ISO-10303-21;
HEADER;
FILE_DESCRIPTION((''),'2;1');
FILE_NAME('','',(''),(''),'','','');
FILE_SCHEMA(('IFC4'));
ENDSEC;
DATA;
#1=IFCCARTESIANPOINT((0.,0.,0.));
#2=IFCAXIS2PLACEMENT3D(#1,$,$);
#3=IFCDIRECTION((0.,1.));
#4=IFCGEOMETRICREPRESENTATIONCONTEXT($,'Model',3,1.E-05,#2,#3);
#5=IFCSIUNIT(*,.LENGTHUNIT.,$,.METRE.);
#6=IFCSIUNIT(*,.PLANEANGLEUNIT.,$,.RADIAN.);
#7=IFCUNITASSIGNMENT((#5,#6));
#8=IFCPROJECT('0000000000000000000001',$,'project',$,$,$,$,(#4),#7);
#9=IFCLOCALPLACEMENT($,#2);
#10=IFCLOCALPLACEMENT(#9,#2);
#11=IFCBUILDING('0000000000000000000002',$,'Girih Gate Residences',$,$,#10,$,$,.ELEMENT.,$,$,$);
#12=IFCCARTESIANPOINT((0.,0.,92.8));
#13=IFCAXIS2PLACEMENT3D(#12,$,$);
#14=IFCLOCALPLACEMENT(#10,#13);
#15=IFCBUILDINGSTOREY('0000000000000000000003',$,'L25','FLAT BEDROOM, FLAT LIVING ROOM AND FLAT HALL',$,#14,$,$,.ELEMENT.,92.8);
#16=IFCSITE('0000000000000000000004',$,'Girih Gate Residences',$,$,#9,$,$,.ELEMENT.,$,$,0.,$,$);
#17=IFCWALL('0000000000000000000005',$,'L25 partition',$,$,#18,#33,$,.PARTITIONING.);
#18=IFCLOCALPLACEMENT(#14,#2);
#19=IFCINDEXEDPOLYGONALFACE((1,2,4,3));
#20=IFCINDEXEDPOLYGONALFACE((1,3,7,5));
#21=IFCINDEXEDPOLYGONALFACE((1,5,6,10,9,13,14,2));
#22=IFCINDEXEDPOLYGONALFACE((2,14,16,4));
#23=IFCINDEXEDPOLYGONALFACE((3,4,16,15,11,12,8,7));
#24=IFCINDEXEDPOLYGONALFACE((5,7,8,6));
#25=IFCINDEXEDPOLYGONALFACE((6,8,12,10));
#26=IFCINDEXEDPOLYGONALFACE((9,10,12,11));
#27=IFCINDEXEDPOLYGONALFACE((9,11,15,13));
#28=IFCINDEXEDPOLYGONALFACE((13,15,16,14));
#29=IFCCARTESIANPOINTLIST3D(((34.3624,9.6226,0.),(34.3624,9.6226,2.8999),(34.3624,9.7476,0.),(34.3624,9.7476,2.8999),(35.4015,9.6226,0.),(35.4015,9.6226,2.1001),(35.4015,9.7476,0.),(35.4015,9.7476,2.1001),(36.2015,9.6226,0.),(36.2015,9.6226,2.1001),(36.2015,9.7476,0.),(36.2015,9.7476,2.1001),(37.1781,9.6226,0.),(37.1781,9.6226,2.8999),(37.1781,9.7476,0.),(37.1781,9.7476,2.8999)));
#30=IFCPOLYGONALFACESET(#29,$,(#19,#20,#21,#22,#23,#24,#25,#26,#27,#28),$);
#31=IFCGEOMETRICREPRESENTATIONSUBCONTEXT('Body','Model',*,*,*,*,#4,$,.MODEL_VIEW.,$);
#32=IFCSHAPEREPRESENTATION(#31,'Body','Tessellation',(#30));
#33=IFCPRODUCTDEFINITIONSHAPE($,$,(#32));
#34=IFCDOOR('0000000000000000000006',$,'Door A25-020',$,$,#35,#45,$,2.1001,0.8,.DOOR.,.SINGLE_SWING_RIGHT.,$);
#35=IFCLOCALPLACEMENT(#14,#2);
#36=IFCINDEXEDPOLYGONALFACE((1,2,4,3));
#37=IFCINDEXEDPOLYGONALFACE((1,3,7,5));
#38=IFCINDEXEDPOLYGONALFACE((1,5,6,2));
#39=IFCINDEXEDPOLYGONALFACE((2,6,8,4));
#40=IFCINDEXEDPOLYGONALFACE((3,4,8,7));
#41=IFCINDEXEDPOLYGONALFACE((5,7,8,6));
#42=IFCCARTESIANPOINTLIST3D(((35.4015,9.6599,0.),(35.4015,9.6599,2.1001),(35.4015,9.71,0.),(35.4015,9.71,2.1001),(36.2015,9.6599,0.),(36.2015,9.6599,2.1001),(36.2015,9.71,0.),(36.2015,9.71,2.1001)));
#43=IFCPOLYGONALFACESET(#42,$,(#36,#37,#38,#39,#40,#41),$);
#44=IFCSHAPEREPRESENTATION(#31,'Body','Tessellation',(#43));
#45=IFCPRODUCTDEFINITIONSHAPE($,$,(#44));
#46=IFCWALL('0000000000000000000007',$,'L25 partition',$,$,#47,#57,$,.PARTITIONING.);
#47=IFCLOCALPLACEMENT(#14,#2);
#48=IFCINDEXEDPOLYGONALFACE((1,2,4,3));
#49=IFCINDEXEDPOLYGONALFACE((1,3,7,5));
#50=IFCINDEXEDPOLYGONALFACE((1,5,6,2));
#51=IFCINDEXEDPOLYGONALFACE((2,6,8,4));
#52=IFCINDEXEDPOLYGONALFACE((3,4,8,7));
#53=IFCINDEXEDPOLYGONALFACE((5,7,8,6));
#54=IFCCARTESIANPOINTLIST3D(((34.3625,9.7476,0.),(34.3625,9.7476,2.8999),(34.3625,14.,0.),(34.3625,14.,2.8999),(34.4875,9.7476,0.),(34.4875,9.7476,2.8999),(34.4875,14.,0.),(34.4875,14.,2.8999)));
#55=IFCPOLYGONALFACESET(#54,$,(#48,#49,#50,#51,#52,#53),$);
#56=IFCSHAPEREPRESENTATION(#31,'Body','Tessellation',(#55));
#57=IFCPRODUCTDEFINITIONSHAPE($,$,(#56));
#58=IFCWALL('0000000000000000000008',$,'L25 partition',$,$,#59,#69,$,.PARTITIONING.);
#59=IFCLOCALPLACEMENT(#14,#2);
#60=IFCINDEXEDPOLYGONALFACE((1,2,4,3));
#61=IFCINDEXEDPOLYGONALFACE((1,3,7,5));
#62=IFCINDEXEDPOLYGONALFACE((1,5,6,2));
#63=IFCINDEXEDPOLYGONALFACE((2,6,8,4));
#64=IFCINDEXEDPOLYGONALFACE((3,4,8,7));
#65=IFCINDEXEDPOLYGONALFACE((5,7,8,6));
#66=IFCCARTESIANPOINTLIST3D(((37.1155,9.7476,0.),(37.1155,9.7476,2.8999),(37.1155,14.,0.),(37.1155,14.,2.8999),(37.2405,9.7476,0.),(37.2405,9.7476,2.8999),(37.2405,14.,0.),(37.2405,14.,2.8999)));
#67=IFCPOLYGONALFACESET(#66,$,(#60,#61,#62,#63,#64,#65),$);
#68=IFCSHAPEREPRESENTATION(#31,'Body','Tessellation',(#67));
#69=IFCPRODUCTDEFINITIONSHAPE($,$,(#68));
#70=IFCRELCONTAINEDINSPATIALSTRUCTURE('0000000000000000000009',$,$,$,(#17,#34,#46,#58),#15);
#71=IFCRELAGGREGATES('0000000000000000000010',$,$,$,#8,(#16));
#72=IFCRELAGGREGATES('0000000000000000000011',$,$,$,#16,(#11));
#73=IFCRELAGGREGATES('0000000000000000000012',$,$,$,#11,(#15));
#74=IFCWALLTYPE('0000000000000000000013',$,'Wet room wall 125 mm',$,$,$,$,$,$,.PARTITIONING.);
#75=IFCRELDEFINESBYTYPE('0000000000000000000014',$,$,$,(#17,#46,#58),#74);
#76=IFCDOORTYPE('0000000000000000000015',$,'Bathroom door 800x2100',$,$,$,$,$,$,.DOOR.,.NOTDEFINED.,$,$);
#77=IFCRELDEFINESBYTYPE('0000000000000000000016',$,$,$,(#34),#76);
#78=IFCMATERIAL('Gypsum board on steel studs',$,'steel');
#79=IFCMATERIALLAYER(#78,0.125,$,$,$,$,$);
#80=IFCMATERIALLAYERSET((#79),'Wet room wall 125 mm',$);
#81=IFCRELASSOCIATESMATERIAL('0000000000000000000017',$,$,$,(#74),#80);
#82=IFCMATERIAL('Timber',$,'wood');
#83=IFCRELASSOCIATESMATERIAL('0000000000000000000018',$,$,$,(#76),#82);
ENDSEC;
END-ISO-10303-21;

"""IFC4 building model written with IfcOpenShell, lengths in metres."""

from ifc_helpers import new_model, si_unit, direction, frame, frame_2d, origin, place, context, subcontext, project, spatial, rectangle, extrude, material, layer, layer_set, type_object, element, fill, save


model = new_model("IFC4")

# Units and contexts
model_context = context("Model", 3, precision=1e-05, world=origin(), true_north=direction((0.0, 1.0)))
body_context = subcontext(model_context, "Body", "Model", "MODEL_VIEW")
ifc_project = project(units=[si_unit("LENGTHUNIT", "METRE"), si_unit("PLANEANGLEUNIT", "RADIAN")], contexts=[model_context])

# Site, building, storey
site_placement = place(None, origin())
site = spatial("IfcSite", under=ifc_project, at=site_placement, Name="Girih Gate Residences", CompositionType="ELEMENT", RefElevation=0.0)
building_placement = place(site_placement, origin())
building = spatial("IfcBuilding", under=site, at=building_placement, Name="Girih Gate Residences", CompositionType="ELEMENT")
storey_placement = place(building_placement, frame((0.0, 0.0, 92.8)))
storey = spatial("IfcBuildingStorey", under=building, at=storey_placement, Name="L25", Description="FLAT BEDROOM, FLAT LIVING ROOM AND FLAT HALL", CompositionType="ELEMENT", Elevation=92.8)

# Shared definitions
ifc_material_1 = material(Name="Gypsum board on steel studs", Category="steel")

# Shared definitions
ifc_material_2 = material(Name="Timber", Category="wood")

# Wall, opening, door
ifc_layer_1 = layer(ifc_material_1, 0.125)
ifc_layer_set_1 = layer_set([ifc_layer_1], Name="Wet room wall 125 mm")
wall_type_1 = type_object("IfcWallType", Name="Wet room wall 125 mm", PredefinedType="PARTITIONING", material=ifc_layer_set_1)
wall_1_placement = place(storey_placement, frame((34.3625, 9.6851, 0.0), z_axis=(0.0, 0.0, 1.0), x_axis=(1.0, 0.0, 0.0)))
wall_1 = element("IfcWall", 1, at=wall_1_placement, inside=storey, type_object=wall_type_1, Name="L25 partition", PredefinedType="PARTITIONING", context=body_context, shape_type="SweptSolid", body=[
    extrude(rectangle(XDim=2.8157, YDim=0.125, at=frame_2d((1.4077, 0.0))), origin(), (0.0, 0.0, 1.0), 2.8999),
])
opening_1_placement = place(wall_1_placement, frame((1.0391, 0.0, 0.0)))
opening_1 = element("IfcOpeningElement", 2, at=opening_1_placement, cuts=wall_1, PredefinedType="OPENING", context=body_context, shape_type="SweptSolid", body=[
    extrude(rectangle(XDim=0.8, YDim=2.1001, at=frame_2d((0.3999, 1.05))), frame((0.0, 0.0725, 0.0), z_axis=(0.0, -1.0, 0.0), x_axis=(1.0, 0.0, 0.0)), (0.0, 0.0, 1.0), 0.145),
])
door_type_1 = type_object("IfcDoorType", Name="Bathroom door 800x2100", OperationType="NOTDEFINED", PredefinedType="DOOR", material=ifc_material_2)
door_1_placement = place(opening_1_placement, origin())
door_1 = element("IfcDoor", 3, at=door_1_placement, inside=storey, type_object=door_type_1, Name="Door A25-020", OperationType="SINGLE_SWING_RIGHT", OverallHeight=2.1001, OverallWidth=0.8, PredefinedType="DOOR", context=body_context, shape_type="SweptSolid", body=[
    extrude(rectangle(XDim=0.8, YDim=2.1001, at=frame_2d((0.3999, 1.05))), frame((0.0, 0.0249, 0.0), z_axis=(0.0, -1.0, 0.0), x_axis=(1.0, 0.0, 0.0)), (0.0, 0.0, 1.0), 0.05),
])
fill(opening_1, door_1)

# Walls
for number, where, z_axis, x_axis, name in (
    (4, (34.425, 9.7476, 0.0), (0.0, 0.0, 1.0), (0.0, 1.0, 0.0), "L25 partition"),
    (5, (37.178, 9.7476, 0.0), (0.0, 0.0, 1.0), (0.0, 1.0, 0.0), "L25 partition"),
):
    element("IfcWall", number, at=place(storey_placement, frame(where, z_axis=z_axis, x_axis=x_axis)), inside=storey, type_object=wall_type_1, Name=name, PredefinedType="PARTITIONING", context=body_context, shape_type="SweptSolid", body=[
        extrude(rectangle(XDim=4.2524, YDim=0.125, at=frame_2d((2.1262, 0.0))), origin(), (0.0, 0.0, 1.0), 2.8999),
    ])

save(model, "model.ifc")
